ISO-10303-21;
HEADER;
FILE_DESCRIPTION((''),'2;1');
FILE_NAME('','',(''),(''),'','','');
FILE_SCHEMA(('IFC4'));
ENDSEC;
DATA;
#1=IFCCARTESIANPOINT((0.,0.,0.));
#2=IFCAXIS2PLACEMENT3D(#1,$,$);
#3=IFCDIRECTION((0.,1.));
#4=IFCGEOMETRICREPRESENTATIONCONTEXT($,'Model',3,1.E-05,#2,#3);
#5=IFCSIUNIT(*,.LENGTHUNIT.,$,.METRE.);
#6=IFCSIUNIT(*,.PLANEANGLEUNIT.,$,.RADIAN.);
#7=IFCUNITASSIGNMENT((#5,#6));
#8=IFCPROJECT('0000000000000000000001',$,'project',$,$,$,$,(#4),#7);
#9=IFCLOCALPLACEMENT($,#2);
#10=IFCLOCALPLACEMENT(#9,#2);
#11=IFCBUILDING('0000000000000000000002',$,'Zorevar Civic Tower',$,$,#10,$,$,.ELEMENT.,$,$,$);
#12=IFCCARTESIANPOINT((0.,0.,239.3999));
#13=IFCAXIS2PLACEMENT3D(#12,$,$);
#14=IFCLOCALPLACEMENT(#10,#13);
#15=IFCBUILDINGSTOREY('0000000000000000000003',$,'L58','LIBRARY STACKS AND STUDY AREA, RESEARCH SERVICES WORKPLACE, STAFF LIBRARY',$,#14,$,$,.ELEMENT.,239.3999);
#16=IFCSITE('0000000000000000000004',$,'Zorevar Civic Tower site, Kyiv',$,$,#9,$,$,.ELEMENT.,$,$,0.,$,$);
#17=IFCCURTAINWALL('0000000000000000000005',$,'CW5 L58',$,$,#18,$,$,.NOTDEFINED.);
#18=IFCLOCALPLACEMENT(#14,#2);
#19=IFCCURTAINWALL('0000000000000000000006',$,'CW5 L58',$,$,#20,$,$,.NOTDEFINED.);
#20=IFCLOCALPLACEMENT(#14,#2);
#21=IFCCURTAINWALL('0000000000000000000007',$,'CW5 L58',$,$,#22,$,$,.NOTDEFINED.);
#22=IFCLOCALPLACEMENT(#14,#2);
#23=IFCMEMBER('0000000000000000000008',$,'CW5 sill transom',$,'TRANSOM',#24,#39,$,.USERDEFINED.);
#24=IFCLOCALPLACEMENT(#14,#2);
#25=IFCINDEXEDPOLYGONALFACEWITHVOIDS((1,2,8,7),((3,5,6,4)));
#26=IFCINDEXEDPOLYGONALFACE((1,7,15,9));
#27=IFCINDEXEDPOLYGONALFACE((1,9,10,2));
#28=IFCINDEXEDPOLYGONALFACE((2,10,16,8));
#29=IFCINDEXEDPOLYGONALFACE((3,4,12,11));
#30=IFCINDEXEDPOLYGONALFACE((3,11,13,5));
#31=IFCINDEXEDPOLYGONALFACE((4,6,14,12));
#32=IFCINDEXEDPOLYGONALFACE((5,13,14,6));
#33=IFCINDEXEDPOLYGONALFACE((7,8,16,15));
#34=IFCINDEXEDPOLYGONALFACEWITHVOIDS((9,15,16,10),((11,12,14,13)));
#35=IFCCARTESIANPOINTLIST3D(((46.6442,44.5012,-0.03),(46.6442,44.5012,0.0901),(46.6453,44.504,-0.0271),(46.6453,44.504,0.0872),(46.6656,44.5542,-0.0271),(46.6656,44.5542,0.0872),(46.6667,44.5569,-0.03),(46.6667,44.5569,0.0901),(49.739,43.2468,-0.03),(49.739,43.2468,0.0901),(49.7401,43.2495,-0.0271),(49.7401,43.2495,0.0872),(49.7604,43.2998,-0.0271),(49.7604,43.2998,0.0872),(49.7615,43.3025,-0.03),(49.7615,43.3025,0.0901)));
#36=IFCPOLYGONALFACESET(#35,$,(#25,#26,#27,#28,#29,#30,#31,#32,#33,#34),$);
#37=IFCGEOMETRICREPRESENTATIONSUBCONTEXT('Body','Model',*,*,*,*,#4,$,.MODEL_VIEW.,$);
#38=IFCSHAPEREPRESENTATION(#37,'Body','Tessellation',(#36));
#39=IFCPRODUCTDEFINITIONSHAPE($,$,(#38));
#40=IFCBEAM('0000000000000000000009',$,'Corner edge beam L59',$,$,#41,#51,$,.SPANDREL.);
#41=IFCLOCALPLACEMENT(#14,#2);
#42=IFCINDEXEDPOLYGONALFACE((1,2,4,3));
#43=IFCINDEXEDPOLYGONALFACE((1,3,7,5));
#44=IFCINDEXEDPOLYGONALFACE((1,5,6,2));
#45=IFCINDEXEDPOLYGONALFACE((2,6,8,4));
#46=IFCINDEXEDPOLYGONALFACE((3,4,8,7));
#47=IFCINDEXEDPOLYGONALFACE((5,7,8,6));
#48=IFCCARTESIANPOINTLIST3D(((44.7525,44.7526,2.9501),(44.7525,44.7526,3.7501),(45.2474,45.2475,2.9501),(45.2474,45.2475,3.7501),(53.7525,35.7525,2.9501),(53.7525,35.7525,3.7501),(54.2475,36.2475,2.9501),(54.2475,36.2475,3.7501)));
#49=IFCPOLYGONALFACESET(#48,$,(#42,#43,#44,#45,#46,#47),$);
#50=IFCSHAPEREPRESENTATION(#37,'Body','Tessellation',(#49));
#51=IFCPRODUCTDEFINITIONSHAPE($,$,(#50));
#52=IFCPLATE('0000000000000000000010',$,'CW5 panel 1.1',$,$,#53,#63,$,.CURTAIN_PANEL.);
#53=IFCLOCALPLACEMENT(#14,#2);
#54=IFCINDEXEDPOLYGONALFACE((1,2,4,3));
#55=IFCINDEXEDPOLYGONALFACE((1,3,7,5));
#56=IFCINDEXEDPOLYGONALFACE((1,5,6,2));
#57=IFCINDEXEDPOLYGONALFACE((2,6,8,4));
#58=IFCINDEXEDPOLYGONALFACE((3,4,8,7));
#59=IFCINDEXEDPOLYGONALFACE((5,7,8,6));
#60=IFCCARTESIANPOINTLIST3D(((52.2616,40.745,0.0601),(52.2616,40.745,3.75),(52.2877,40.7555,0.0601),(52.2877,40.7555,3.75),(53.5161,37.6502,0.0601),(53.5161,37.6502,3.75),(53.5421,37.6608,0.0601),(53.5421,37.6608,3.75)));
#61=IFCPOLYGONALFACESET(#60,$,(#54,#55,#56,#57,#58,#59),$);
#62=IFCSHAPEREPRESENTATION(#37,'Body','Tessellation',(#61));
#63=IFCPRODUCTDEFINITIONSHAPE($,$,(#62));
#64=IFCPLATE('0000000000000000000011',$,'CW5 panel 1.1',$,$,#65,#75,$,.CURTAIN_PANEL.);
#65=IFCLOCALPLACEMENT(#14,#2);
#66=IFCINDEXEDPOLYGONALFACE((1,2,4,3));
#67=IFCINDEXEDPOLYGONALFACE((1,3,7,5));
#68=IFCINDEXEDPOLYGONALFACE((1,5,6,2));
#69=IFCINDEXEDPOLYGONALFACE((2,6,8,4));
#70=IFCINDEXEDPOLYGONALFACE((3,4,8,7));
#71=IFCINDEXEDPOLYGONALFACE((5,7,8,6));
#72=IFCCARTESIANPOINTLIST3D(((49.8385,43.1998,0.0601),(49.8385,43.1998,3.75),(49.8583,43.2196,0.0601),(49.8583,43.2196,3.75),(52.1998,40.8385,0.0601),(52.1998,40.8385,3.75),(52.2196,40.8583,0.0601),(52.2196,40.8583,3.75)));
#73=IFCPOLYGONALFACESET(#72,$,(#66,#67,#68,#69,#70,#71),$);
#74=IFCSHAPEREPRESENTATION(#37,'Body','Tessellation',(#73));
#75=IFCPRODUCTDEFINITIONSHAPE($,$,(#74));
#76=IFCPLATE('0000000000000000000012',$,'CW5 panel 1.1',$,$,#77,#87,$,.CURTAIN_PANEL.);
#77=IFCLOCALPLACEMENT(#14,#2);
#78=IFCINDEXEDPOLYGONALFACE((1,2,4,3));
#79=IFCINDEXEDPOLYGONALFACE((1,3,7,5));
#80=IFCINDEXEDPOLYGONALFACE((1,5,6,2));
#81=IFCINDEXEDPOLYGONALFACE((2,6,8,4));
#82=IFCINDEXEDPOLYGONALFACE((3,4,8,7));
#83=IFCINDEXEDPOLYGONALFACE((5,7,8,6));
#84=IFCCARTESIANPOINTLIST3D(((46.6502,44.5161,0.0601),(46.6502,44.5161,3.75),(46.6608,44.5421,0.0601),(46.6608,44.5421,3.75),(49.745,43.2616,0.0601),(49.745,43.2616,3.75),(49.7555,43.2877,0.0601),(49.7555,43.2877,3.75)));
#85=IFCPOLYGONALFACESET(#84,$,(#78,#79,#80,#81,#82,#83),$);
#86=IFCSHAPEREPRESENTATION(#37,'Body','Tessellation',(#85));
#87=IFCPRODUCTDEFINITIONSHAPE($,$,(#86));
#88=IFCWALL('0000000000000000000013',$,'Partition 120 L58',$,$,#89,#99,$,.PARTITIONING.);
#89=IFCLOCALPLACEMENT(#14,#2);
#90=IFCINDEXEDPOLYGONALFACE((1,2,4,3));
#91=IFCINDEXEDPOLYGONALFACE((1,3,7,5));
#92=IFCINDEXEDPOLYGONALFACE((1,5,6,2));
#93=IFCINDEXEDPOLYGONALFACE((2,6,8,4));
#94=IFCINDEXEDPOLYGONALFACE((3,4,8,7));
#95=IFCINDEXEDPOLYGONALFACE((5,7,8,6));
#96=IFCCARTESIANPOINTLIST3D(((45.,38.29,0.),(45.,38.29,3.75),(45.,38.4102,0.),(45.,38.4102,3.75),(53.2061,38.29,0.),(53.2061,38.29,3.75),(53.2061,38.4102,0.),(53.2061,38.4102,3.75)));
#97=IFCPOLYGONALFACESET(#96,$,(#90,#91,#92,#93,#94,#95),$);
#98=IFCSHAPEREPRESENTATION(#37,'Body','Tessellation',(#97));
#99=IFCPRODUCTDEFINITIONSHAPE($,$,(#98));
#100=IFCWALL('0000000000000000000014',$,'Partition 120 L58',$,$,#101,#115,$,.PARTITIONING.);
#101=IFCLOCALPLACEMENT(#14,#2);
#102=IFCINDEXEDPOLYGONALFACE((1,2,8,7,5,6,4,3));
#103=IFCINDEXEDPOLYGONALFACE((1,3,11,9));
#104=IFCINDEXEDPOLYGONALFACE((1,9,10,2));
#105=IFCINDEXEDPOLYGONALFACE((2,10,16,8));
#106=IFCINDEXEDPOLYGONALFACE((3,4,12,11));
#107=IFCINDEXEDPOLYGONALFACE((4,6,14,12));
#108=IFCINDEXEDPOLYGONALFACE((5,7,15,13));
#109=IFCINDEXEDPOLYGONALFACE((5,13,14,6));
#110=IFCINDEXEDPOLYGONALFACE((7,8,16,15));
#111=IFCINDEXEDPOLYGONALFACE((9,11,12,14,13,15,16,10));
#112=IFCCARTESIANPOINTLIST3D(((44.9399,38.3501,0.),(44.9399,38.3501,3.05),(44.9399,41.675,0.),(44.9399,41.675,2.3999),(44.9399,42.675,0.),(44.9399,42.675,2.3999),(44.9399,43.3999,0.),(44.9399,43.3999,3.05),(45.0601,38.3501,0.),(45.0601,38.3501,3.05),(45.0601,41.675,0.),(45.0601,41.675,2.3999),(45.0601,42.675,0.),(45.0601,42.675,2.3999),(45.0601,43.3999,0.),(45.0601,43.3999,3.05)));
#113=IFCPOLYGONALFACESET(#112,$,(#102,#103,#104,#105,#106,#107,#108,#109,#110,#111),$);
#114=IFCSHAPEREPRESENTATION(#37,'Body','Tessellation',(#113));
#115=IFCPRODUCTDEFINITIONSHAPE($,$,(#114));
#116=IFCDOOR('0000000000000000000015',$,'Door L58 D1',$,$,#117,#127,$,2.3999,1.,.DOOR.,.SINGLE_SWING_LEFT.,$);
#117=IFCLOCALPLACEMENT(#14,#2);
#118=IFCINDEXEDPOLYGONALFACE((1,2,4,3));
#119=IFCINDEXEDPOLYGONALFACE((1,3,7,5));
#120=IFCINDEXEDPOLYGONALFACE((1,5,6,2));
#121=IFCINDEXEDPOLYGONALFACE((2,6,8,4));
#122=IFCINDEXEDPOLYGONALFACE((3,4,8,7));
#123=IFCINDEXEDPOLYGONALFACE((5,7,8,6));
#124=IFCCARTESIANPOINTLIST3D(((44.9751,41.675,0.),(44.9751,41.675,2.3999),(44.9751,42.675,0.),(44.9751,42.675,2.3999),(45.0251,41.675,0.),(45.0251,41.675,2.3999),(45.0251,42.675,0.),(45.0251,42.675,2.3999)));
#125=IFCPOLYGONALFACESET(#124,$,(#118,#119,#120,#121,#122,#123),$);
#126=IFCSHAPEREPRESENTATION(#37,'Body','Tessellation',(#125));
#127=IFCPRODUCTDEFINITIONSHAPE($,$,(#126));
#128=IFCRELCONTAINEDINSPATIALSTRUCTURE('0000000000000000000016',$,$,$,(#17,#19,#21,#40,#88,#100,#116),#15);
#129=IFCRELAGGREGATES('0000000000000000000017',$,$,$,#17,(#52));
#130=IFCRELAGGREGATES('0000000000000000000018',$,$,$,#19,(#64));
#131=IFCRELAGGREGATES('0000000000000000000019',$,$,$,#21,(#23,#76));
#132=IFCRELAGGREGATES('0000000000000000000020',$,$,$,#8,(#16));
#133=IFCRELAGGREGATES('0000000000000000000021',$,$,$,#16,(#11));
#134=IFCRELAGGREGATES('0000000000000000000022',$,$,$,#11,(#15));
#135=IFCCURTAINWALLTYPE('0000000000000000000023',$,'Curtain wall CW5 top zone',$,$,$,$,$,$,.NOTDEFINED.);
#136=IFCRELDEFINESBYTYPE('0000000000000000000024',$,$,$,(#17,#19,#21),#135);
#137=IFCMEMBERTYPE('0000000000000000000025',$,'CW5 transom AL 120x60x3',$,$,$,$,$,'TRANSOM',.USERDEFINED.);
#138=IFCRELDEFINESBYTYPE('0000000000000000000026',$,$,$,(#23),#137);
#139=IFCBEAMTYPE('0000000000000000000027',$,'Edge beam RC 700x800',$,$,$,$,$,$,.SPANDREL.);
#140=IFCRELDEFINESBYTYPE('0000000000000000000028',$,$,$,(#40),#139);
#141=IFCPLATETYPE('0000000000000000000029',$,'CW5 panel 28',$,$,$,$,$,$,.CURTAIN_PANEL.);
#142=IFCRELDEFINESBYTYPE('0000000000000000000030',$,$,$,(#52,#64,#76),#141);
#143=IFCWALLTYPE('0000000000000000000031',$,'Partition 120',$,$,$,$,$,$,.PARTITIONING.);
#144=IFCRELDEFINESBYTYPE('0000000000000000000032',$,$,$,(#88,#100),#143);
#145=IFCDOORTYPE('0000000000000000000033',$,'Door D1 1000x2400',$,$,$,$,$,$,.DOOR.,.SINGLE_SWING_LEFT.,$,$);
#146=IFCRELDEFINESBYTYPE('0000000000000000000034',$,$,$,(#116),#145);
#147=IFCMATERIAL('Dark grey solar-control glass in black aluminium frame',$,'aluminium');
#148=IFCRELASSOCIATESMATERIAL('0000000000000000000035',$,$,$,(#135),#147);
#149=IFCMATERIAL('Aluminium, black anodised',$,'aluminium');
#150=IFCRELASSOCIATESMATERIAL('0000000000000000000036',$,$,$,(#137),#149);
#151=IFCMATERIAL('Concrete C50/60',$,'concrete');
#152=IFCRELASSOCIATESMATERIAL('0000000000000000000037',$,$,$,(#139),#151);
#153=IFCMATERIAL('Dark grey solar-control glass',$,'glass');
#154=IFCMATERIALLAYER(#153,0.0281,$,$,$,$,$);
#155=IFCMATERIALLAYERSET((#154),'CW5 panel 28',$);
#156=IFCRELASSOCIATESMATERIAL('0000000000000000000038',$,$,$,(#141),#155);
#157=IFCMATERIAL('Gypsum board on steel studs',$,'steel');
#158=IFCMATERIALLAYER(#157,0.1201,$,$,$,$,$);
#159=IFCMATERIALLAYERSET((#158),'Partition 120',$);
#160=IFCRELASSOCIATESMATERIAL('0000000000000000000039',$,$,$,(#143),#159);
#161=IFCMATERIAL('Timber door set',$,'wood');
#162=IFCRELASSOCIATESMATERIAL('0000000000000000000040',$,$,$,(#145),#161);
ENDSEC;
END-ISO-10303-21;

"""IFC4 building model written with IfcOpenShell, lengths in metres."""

from ifc_helpers import new_model, si_unit, direction, frame, frame_2d, origin, origin_2d, place, context, subcontext, project, spatial, rectangle, hollow_rectangle, extrude, material, layer, layer_set, material_profile, profile_set, type_object, element, fill, aggregate, save


model = new_model("IFC4")

# Units and contexts
model_context = context("Model", 3, precision=1e-05, world=origin(), true_north=direction((0.0, 1.0)))
body_context = subcontext(model_context, "Body", "Model", "MODEL_VIEW")
ifc_project = project(units=[si_unit("LENGTHUNIT", "METRE"), si_unit("PLANEANGLEUNIT", "RADIAN")], contexts=[model_context])

# Site, building, storey
site_placement = place(None, origin())
site = spatial("IfcSite", under=ifc_project, at=site_placement, Name="Zorevar Civic Tower site, Kyiv", CompositionType="ELEMENT", RefElevation=0.0)
building_placement = place(site_placement, origin())
building = spatial("IfcBuilding", under=site, at=building_placement, Name="Zorevar Civic Tower", CompositionType="ELEMENT")
storey_placement = place(building_placement, frame((0.0, 0.0, 239.3999)))
storey = spatial("IfcBuildingStorey", under=building, at=storey_placement, Name="L58", Description="LIBRARY STACKS AND STUDY AREA, RESEARCH SERVICES WORKPLACE, STAFF LIBRARY", CompositionType="ELEMENT", Elevation=239.3999)

# Curtain walls
ifc_material_1 = material(Name="Dark grey solar-control glass in black aluminium frame", Category="aluminium")
curtain_wall_type = type_object("IfcCurtainWallType", Name="Curtain wall CW5 top zone", PredefinedType="NOTDEFINED", material=ifc_material_1)
curtain_wall_1_placement = place(storey_placement, origin())
curtain_wall_1 = element("IfcCurtainWall", 1, at=curtain_wall_1_placement, inside=storey, type_object=curtain_wall_type, Name="CW5 L58", PredefinedType="NOTDEFINED")
curtain_wall_2_placement = place(storey_placement, origin())
curtain_wall_2 = element("IfcCurtainWall", 2, at=curtain_wall_2_placement, inside=storey, type_object=curtain_wall_type, Name="CW5 L58", PredefinedType="NOTDEFINED")
curtain_wall_3_placement = place(storey_placement, origin())
curtain_wall_3 = element("IfcCurtainWall", 3, at=curtain_wall_3_placement, inside=storey, type_object=curtain_wall_type, Name="CW5 L58", PredefinedType="NOTDEFINED")

# Member
ifc_material_2 = material(Name="Aluminium, black anodised", Category="aluminium")
ifc_material_profile_1 = material_profile(ifc_material_2, hollow_rectangle(XDim=0.0601, YDim=0.1201, WallThickness=0.0029, at=origin_2d()), Name="AL 120x60x3")
ifc_profile_set_1 = profile_set([ifc_material_profile_1], Name="Aluminium, black anodised")
member_type_1 = type_object("IfcMemberType", Name="CW5 transom AL 120x60x3", ElementType="TRANSOM", PredefinedType="USERDEFINED", material=ifc_profile_set_1)
member_1_placement = place(storey_placement, frame((49.7502, 43.2747, 0.03), z_axis=(-0.926763, 0.375647, 0.0), x_axis=(-0.375647, -0.926763, 0.0)))
member_1 = element("IfcMember", 4, at=member_1_placement, type_object=member_type_1, Name="CW5 sill transom", ObjectType="TRANSOM", PredefinedType="USERDEFINED", context=body_context, shape_type="SweptSolid", body=[
    extrude(hollow_rectangle(XDim=0.0601, YDim=0.1201, WallThickness=0.0029, at=origin_2d()), origin(), (0.0, 0.0, 1.0), 3.3394),
])

# Beam
ifc_material_3 = material(Name="Concrete C50/60", Category="concrete")
ifc_material_profile_2 = material_profile(ifc_material_3, rectangle(XDim=0.7, YDim=0.8, at=origin_2d()), Name="RC 700x800")
ifc_profile_set_2 = profile_set([ifc_material_profile_2], Name="Concrete C50/60")
beam_type_1 = type_object("IfcBeamType", Name="Edge beam RC 700x800", PredefinedType="SPANDREL", material=ifc_profile_set_2)
beam_1_placement = place(storey_placement, frame((54.0, 36.0, 3.3501), z_axis=(-0.707107, 0.707107, 0.0), x_axis=(-0.707107, -0.707107, 0.0)))
element("IfcBeam", 5, at=beam_1_placement, inside=storey, type_object=beam_type_1, Name="Corner edge beam L59", PredefinedType="SPANDREL", context=body_context, shape_type="SweptSolid", body=[
    extrude(rectangle(XDim=0.7, YDim=0.8, at=origin_2d()), origin(), (0.0, 0.0, 1.0), 12.728),
])

# Plates
ifc_material_4 = material(Name="Dark grey solar-control glass", Category="glass")
ifc_layer_1 = layer(ifc_material_4, 0.0281)
ifc_layer_set_1 = layer_set([ifc_layer_1], Name="CW5 panel 28")
plate_type = type_object("IfcPlateType", Name="CW5 panel 28", PredefinedType="CURTAIN_PANEL", material=ifc_layer_set_1)
plate_1_placement = place(storey_placement, frame((52.9019, 39.2029, 0.0601), z_axis=(0.0, 0.0, 1.0), x_axis=(-0.37565, 0.926762, 0.0)))
plate_1 = element("IfcPlate", 6, at=plate_1_placement, type_object=plate_type, Name="CW5 panel 1.1", PredefinedType="CURTAIN_PANEL", context=body_context, shape_type="SweptSolid", body=[
    extrude(rectangle(XDim=3.3394, YDim=0.0281, at=origin_2d()), origin(), (0.0, 0.0, 1.0), 3.6899),
])
aggregate(curtain_wall_1, [plate_1])
plate_2_placement = place(storey_placement, frame((51.0291, 42.0291, 0.0601), z_axis=(0.0, 0.0, 1.0), x_axis=(-0.707107, 0.707107, 0.0)))
plate_2 = element("IfcPlate", 7, at=plate_2_placement, type_object=plate_type, Name="CW5 panel 1.1", PredefinedType="CURTAIN_PANEL", context=body_context, shape_type="SweptSolid", body=[
    extrude(rectangle(XDim=3.3394, YDim=0.0281, at=origin_2d()), origin(), (0.0, 0.0, 1.0), 3.6899),
])
aggregate(curtain_wall_2, [plate_2])
plate_3_placement = place(storey_placement, frame((48.2029, 43.9019, 0.0601), z_axis=(0.0, 0.0, 1.0), x_axis=(-0.926762, 0.37565, 0.0)))
plate_3 = element("IfcPlate", 8, at=plate_3_placement, type_object=plate_type, Name="CW5 panel 1.1", PredefinedType="CURTAIN_PANEL", context=body_context, shape_type="SweptSolid", body=[
    extrude(rectangle(XDim=3.3394, YDim=0.0281, at=origin_2d()), origin(), (0.0, 0.0, 1.0), 3.6899),
])
aggregate(curtain_wall_3, [member_1, plate_3])

# Wall
ifc_material_5 = material(Name="Gypsum board on steel studs", Category="steel")
ifc_layer_2 = layer(ifc_material_5, 0.1201)
ifc_layer_set_2 = layer_set([ifc_layer_2], Name="Partition 120")
wall_type = type_object("IfcWallType", Name="Partition 120", PredefinedType="PARTITIONING", material=ifc_layer_set_2)
wall_1_placement = place(storey_placement, frame((45.0, 38.3501, 0.0), z_axis=(0.0, 0.0, 1.0), x_axis=(1.0, 0.0, 0.0)))
element("IfcWall", 9, at=wall_1_placement, inside=storey, type_object=wall_type, Name="Partition 120 L58", PredefinedType="PARTITIONING", context=body_context, shape_type="SweptSolid", body=[
    extrude(rectangle(XDim=8.2061, YDim=0.1201, at=frame_2d((4.103, 0.0))), origin(), (0.0, 0.0, 1.0), 3.75),
])

# Wall, opening, door
wall_2_placement = place(storey_placement, frame((45.0, 38.3501, 0.0), z_axis=(0.0, 0.0, 1.0), x_axis=(0.0, 1.0, 0.0)))
wall_2 = element("IfcWall", 10, at=wall_2_placement, inside=storey, type_object=wall_type, Name="Partition 120 L58", PredefinedType="PARTITIONING", context=body_context, shape_type="SweptSolid", body=[
    extrude(rectangle(XDim=5.0498, YDim=0.1201, at=frame_2d((2.5249, 0.0))), origin(), (0.0, 0.0, 1.0), 3.05),
])
opening_placement = place(wall_2_placement, frame((3.325, 0.0, 0.0)))
opening = element("IfcOpeningElement", 11, at=opening_placement, cuts=wall_2, PredefinedType="OPENING", context=body_context, shape_type="SweptSolid", body=[
    extrude(rectangle(XDim=1.0, YDim=2.3999, at=frame_2d((0.5, 1.2))), frame((0.0, 0.0701, 0.0), z_axis=(0.0, -1.0, 0.0), x_axis=(1.0, 0.0, 0.0)), (0.0, 0.0, 1.0), 0.1401),
])
ifc_material_6 = material(Name="Timber door set", Category="wood")
door_type = type_object("IfcDoorType", Name="Door D1 1000x2400", OperationType="SINGLE_SWING_LEFT", PredefinedType="DOOR", material=ifc_material_6)
door_placement = place(opening_placement, origin())
door = element("IfcDoor", 12, at=door_placement, inside=storey, type_object=door_type, Name="Door L58 D1", OperationType="SINGLE_SWING_LEFT", OverallHeight=2.3999, OverallWidth=1.0, PredefinedType="DOOR", context=body_context, shape_type="SweptSolid", body=[
    extrude(rectangle(XDim=1.0, YDim=2.3999, at=frame_2d((0.5, 1.2))), frame((0.0, 0.0249, 0.0), z_axis=(0.0, -1.0, 0.0), x_axis=(1.0, 0.0, 0.0)), (0.0, 0.0, 1.0), 0.05),
])
fill(opening, door)

save(model, "model.ifc")
